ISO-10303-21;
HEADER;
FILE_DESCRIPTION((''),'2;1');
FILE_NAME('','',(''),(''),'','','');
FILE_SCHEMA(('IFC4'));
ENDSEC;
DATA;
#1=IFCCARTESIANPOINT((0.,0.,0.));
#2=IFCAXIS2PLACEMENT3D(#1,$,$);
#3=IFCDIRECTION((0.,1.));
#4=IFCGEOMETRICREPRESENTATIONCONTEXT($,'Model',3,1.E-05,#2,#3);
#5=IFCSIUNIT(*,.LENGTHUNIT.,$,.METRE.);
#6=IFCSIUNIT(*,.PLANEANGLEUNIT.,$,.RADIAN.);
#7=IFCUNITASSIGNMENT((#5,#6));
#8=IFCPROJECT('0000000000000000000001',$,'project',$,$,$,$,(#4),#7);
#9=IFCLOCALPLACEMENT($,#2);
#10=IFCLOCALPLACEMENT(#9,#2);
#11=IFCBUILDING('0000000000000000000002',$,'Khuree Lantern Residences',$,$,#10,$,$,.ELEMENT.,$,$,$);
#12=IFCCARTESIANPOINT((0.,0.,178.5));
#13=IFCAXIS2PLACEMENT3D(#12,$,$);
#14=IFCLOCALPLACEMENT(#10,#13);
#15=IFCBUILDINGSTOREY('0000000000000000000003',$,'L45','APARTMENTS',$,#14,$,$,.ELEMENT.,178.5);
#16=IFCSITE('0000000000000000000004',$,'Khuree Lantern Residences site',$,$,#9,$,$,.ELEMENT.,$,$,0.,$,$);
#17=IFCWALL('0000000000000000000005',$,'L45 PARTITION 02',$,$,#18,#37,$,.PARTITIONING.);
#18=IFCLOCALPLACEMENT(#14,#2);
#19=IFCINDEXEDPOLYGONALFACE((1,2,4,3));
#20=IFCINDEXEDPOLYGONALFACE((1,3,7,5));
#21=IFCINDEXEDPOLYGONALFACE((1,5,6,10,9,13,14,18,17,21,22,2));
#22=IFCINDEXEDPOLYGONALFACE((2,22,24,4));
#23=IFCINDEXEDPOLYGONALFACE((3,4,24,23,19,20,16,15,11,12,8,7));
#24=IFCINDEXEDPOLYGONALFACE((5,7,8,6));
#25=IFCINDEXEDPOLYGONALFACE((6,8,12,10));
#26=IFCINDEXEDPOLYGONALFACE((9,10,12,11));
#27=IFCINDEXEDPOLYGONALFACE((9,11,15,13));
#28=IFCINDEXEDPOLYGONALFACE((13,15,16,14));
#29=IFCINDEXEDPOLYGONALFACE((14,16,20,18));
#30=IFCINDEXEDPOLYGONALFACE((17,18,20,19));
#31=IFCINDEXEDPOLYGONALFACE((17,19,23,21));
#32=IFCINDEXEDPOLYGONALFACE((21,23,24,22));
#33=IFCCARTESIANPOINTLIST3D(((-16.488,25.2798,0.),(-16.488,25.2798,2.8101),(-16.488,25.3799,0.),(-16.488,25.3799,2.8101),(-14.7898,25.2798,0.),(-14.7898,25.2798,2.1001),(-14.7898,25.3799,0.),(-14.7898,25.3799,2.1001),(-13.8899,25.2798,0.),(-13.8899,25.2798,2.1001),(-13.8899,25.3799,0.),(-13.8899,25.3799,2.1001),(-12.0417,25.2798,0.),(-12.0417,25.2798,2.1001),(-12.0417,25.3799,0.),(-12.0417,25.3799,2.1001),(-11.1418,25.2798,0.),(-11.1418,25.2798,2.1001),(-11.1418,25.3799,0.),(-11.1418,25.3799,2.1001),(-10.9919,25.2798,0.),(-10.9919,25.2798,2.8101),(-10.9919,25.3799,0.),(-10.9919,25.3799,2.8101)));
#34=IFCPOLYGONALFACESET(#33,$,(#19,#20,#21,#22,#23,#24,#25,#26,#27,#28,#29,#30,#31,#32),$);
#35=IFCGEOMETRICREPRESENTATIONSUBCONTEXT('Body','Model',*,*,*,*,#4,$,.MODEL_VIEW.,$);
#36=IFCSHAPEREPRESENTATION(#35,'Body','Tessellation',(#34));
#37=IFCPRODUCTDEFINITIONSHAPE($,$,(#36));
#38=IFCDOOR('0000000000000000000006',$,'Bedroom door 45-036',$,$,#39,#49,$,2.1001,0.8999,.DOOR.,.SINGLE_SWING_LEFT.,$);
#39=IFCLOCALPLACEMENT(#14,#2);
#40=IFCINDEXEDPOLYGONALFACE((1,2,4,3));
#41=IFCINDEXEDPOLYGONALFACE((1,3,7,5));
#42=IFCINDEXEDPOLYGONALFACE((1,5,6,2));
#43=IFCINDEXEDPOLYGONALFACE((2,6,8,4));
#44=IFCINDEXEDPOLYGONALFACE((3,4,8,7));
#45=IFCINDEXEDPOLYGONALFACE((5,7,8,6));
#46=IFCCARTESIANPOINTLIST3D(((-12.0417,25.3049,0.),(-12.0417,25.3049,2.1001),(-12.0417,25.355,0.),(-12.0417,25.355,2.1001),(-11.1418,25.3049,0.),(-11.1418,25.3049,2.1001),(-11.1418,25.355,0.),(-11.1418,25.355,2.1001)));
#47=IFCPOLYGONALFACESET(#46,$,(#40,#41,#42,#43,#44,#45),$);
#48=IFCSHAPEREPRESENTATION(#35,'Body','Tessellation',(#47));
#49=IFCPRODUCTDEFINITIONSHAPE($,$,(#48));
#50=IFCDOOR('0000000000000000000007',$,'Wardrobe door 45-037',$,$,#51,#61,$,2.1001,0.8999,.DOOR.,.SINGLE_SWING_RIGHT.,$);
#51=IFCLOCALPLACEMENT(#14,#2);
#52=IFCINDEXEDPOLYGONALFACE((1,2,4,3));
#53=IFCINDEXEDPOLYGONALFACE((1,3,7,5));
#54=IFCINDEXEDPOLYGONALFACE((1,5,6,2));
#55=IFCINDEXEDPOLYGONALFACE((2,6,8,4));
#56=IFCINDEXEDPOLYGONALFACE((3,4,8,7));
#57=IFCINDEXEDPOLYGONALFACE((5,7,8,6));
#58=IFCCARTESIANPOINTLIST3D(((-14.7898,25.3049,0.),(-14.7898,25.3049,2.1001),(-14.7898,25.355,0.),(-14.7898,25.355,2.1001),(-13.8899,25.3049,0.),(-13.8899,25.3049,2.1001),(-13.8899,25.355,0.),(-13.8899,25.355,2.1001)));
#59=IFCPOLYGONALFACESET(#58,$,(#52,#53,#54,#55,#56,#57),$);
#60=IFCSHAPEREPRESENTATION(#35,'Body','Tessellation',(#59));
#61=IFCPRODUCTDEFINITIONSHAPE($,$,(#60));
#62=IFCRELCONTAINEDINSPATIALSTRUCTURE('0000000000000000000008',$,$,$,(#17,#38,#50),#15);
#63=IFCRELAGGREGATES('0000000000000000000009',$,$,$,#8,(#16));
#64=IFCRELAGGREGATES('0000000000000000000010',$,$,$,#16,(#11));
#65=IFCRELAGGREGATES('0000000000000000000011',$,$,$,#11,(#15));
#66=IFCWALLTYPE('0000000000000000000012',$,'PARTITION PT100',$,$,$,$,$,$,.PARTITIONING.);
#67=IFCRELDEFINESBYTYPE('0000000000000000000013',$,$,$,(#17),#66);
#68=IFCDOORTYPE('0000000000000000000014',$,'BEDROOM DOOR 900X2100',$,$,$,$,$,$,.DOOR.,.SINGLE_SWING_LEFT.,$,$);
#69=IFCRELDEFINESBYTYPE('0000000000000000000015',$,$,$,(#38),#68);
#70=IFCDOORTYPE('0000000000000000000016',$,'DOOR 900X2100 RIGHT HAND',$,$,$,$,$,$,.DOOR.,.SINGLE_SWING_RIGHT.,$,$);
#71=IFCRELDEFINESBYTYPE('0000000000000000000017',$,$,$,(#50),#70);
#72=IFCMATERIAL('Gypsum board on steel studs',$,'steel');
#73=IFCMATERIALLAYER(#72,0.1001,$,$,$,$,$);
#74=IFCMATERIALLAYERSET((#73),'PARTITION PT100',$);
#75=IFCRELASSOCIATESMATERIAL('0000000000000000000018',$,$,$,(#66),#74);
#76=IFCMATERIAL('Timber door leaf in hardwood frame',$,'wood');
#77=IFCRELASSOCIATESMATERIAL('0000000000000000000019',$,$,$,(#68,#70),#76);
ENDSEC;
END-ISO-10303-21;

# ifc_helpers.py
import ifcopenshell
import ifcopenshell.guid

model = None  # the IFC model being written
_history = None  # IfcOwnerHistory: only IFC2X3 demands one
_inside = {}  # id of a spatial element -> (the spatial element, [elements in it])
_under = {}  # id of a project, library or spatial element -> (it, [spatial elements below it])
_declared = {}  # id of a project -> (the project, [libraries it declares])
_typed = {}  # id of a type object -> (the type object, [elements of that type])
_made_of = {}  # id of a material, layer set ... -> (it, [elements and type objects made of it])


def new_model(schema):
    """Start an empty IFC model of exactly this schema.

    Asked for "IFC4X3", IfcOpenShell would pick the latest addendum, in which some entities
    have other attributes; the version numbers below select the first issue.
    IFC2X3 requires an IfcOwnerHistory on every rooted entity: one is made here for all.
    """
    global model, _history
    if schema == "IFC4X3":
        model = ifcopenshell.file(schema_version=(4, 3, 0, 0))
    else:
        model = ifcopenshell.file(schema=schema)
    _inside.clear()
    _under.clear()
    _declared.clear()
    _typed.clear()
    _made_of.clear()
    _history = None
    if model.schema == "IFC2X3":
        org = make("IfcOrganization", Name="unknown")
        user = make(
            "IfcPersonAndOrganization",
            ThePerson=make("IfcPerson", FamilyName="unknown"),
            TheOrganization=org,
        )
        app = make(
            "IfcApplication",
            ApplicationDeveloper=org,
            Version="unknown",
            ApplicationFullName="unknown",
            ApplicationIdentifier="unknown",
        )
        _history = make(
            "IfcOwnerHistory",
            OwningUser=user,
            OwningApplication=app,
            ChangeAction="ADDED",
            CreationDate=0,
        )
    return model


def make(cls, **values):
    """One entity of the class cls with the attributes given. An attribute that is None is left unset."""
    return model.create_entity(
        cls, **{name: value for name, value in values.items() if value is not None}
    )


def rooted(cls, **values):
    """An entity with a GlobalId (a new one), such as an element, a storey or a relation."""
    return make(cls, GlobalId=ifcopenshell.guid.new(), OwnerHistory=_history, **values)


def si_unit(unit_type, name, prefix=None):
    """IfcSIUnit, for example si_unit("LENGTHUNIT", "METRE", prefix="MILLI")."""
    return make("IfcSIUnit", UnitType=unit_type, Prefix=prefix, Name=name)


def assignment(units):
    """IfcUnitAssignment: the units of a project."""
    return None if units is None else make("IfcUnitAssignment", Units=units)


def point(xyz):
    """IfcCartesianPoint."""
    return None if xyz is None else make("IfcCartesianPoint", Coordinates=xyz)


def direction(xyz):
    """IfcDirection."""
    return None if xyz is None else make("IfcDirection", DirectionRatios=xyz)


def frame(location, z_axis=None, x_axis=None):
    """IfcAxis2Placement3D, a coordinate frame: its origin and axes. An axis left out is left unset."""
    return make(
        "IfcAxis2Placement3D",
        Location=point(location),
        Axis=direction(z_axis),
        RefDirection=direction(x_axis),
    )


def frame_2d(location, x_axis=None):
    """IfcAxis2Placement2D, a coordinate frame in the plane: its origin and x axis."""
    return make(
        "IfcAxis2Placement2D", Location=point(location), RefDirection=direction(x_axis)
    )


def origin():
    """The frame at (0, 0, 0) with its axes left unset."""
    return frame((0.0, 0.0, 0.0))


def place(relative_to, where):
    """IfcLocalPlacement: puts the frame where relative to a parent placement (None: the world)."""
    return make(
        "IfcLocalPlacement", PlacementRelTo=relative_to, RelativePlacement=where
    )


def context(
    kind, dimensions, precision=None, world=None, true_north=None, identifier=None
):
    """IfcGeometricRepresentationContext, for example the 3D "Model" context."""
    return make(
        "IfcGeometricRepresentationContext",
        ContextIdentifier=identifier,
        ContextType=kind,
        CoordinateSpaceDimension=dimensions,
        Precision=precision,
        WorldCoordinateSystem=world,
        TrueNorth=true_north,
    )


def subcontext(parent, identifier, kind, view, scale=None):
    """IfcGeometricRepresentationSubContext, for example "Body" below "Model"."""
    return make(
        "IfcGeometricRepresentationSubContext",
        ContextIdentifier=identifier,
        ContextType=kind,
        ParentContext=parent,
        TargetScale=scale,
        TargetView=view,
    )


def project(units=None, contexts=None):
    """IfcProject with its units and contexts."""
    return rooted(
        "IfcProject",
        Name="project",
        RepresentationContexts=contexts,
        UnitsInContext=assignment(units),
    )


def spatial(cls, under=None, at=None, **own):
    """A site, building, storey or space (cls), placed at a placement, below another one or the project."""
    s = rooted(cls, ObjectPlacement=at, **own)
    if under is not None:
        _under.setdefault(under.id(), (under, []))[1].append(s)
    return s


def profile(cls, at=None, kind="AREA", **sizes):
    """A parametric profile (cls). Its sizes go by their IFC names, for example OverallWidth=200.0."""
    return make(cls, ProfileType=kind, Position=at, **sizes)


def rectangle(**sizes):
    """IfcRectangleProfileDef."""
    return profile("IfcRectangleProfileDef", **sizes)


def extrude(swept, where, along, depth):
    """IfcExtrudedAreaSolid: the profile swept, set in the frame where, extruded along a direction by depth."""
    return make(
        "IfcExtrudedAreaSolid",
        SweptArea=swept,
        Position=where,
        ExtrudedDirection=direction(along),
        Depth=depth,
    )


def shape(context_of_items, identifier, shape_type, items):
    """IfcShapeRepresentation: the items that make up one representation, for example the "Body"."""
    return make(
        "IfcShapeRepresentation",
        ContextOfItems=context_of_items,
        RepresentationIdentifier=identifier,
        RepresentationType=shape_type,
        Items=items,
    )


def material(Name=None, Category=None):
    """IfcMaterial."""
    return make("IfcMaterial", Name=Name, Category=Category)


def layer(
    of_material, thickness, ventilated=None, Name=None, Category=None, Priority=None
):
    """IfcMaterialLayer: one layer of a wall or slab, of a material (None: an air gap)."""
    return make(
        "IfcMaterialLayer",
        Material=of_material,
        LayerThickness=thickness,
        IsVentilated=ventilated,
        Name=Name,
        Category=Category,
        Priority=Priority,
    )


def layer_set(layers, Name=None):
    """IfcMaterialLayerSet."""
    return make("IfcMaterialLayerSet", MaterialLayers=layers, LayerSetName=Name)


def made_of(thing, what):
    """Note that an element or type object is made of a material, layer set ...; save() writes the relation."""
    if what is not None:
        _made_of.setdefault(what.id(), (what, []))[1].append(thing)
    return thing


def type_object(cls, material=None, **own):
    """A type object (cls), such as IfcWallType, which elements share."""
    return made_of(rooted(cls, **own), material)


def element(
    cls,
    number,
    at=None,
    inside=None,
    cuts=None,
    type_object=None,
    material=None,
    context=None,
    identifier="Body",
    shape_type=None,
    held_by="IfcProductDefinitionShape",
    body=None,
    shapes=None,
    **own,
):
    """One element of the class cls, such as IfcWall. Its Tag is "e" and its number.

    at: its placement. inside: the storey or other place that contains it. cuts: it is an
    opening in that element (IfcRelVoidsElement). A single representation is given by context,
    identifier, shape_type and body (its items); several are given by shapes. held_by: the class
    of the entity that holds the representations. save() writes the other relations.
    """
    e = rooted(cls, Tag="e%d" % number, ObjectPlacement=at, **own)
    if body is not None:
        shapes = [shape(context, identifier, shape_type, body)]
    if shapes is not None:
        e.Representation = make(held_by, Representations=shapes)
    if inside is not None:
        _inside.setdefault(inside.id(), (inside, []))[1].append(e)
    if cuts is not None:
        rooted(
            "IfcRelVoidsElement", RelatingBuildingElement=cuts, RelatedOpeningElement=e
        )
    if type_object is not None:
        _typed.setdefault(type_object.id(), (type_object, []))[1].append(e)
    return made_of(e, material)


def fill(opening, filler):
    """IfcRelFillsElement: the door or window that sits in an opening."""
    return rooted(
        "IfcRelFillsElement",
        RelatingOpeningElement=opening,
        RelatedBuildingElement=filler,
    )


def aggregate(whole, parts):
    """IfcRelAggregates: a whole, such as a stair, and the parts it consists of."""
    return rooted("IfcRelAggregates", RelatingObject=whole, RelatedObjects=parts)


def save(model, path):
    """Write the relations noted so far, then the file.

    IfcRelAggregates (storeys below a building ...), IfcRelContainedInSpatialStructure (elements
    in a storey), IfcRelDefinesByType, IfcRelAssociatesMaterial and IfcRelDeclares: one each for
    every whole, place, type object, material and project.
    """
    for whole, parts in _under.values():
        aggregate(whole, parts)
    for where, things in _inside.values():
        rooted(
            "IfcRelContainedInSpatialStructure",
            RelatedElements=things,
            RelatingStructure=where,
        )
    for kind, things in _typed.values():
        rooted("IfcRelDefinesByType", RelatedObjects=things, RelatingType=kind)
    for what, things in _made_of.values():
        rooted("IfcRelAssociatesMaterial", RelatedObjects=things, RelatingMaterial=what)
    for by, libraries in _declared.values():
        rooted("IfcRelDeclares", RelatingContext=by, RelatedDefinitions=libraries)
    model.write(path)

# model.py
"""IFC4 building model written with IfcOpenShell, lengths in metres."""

from ifc_helpers import new_model, si_unit, direction, frame, frame_2d, origin, place, context, subcontext, project, spatial, rectangle, extrude, material, layer, layer_set, type_object, element, fill, save


model = new_model("IFC4")

# Units and contexts
model_context = context("Model", 3, precision=1e-05, world=origin(), true_north=direction((0.0, 1.0)))
body_context = subcontext(model_context, "Body", "Model", "MODEL_VIEW")
ifc_project = project(units=[si_unit("LENGTHUNIT", "METRE"), si_unit("PLANEANGLEUNIT", "RADIAN")], contexts=[model_context])

# Site, building, storey
site_placement = place(None, origin())
site = spatial("IfcSite", under=ifc_project, at=site_placement, Name="Khuree Lantern Residences site", CompositionType="ELEMENT", RefElevation=0.0)
building_placement = place(site_placement, origin())
building = spatial("IfcBuilding", under=site, at=building_placement, Name="Khuree Lantern Residences", CompositionType="ELEMENT")
storey_placement = place(building_placement, frame((0.0, 0.0, 178.5)))
storey = spatial("IfcBuildingStorey", under=building, at=storey_placement, Name="L45", Description="APARTMENTS", CompositionType="ELEMENT", Elevation=178.5)

# Shared definitions
ifc_material_1 = material(Name="Gypsum board on steel studs", Category="steel")
ifc_layer_1 = layer(ifc_material_1, 0.1001)
ifc_layer_set_1 = layer_set([ifc_layer_1], Name="PARTITION PT100")
wall_type = type_object("IfcWallType", Name="PARTITION PT100", PredefinedType="PARTITIONING", material=ifc_layer_set_1)

# Shared definitions
ifc_material_2 = material(Name="Timber door leaf in hardwood frame", Category="wood")
door_type_1 = type_object("IfcDoorType", Name="BEDROOM DOOR 900X2100", OperationType="SINGLE_SWING_LEFT", PredefinedType="DOOR", material=ifc_material_2)

# Wall, openings, doors
wall_1_placement = place(storey_placement, frame((-10.9919, 25.3298, 0.0), z_axis=(0.0, 0.0, 1.0), x_axis=(-1.0, 0.0, 0.0)))
wall_1 = element("IfcWall", 1, at=wall_1_placement, inside=storey, type_object=wall_type, Name="L45 PARTITION 02", PredefinedType="PARTITIONING", context=body_context, shape_type="SweptSolid", body=[
    extrude(rectangle(XDim=5.4961, YDim=0.1001, at=frame_2d((2.748, 0.0))), origin(), (0.0, 0.0, 1.0), 2.8101),
])
opening_1_placement = place(wall_1_placement, frame((0.1499, 0.0, 0.0)))
opening_1 = element("IfcOpeningElement", 2, at=opening_1_placement, cuts=wall_1, PredefinedType="OPENING", context=body_context, shape_type="SweptSolid", body=[
    extrude(rectangle(XDim=0.8999, YDim=2.1001, at=frame_2d((0.45, 1.05))), frame((0.0, 0.0601, 0.0), z_axis=(0.0, -1.0, 0.0), x_axis=(1.0, 0.0, 0.0)), (0.0, 0.0, 1.0), 0.1201),
])
opening_2_placement = place(wall_1_placement, frame((2.8979, 0.0, 0.0)))
opening_2 = element("IfcOpeningElement", 3, at=opening_2_placement, cuts=wall_1, PredefinedType="OPENING", context=body_context, shape_type="SweptSolid", body=[
    extrude(rectangle(XDim=0.8999, YDim=2.1001, at=frame_2d((0.45, 1.05))), frame((0.0, 0.0601, 0.0), z_axis=(0.0, -1.0, 0.0), x_axis=(1.0, 0.0, 0.0)), (0.0, 0.0, 1.0), 0.1201),
])
door_1_placement = place(opening_1_placement, origin())
door_1 = element("IfcDoor", 4, at=door_1_placement, inside=storey, type_object=door_type_1, Name="Bedroom door 45-036", OperationType="SINGLE_SWING_LEFT", OverallHeight=2.1001, OverallWidth=0.8999, PredefinedType="DOOR", context=body_context, shape_type="SweptSolid", body=[
    extrude(rectangle(XDim=0.8999, YDim=2.1001, at=frame_2d((0.45, 1.05))), frame((0.0, 0.0249, 0.0), z_axis=(0.0, -1.0, 0.0), x_axis=(1.0, 0.0, 0.0)), (0.0, 0.0, 1.0), 0.05),
])
fill(opening_1, door_1)
door_type_2 = type_object("IfcDoorType", Name="DOOR 900X2100 RIGHT HAND", OperationType="SINGLE_SWING_RIGHT", PredefinedType="DOOR", material=ifc_material_2)
door_2_placement = place(opening_2_placement, origin())
door_2 = element("IfcDoor", 5, at=door_2_placement, inside=storey, type_object=door_type_2, Name="Wardrobe door 45-037", OperationType="SINGLE_SWING_RIGHT", OverallHeight=2.1001, OverallWidth=0.8999, PredefinedType="DOOR", context=body_context, shape_type="SweptSolid", body=[
    extrude(rectangle(XDim=0.8999, YDim=2.1001, at=frame_2d((0.45, 1.05))), frame((0.0, 0.0249, 0.0), z_axis=(0.0, -1.0, 0.0), x_axis=(1.0, 0.0, 0.0)), (0.0, 0.0, 1.0), 0.05),
])
fill(opening_2, door_2)

save(model, "model.ifc")
